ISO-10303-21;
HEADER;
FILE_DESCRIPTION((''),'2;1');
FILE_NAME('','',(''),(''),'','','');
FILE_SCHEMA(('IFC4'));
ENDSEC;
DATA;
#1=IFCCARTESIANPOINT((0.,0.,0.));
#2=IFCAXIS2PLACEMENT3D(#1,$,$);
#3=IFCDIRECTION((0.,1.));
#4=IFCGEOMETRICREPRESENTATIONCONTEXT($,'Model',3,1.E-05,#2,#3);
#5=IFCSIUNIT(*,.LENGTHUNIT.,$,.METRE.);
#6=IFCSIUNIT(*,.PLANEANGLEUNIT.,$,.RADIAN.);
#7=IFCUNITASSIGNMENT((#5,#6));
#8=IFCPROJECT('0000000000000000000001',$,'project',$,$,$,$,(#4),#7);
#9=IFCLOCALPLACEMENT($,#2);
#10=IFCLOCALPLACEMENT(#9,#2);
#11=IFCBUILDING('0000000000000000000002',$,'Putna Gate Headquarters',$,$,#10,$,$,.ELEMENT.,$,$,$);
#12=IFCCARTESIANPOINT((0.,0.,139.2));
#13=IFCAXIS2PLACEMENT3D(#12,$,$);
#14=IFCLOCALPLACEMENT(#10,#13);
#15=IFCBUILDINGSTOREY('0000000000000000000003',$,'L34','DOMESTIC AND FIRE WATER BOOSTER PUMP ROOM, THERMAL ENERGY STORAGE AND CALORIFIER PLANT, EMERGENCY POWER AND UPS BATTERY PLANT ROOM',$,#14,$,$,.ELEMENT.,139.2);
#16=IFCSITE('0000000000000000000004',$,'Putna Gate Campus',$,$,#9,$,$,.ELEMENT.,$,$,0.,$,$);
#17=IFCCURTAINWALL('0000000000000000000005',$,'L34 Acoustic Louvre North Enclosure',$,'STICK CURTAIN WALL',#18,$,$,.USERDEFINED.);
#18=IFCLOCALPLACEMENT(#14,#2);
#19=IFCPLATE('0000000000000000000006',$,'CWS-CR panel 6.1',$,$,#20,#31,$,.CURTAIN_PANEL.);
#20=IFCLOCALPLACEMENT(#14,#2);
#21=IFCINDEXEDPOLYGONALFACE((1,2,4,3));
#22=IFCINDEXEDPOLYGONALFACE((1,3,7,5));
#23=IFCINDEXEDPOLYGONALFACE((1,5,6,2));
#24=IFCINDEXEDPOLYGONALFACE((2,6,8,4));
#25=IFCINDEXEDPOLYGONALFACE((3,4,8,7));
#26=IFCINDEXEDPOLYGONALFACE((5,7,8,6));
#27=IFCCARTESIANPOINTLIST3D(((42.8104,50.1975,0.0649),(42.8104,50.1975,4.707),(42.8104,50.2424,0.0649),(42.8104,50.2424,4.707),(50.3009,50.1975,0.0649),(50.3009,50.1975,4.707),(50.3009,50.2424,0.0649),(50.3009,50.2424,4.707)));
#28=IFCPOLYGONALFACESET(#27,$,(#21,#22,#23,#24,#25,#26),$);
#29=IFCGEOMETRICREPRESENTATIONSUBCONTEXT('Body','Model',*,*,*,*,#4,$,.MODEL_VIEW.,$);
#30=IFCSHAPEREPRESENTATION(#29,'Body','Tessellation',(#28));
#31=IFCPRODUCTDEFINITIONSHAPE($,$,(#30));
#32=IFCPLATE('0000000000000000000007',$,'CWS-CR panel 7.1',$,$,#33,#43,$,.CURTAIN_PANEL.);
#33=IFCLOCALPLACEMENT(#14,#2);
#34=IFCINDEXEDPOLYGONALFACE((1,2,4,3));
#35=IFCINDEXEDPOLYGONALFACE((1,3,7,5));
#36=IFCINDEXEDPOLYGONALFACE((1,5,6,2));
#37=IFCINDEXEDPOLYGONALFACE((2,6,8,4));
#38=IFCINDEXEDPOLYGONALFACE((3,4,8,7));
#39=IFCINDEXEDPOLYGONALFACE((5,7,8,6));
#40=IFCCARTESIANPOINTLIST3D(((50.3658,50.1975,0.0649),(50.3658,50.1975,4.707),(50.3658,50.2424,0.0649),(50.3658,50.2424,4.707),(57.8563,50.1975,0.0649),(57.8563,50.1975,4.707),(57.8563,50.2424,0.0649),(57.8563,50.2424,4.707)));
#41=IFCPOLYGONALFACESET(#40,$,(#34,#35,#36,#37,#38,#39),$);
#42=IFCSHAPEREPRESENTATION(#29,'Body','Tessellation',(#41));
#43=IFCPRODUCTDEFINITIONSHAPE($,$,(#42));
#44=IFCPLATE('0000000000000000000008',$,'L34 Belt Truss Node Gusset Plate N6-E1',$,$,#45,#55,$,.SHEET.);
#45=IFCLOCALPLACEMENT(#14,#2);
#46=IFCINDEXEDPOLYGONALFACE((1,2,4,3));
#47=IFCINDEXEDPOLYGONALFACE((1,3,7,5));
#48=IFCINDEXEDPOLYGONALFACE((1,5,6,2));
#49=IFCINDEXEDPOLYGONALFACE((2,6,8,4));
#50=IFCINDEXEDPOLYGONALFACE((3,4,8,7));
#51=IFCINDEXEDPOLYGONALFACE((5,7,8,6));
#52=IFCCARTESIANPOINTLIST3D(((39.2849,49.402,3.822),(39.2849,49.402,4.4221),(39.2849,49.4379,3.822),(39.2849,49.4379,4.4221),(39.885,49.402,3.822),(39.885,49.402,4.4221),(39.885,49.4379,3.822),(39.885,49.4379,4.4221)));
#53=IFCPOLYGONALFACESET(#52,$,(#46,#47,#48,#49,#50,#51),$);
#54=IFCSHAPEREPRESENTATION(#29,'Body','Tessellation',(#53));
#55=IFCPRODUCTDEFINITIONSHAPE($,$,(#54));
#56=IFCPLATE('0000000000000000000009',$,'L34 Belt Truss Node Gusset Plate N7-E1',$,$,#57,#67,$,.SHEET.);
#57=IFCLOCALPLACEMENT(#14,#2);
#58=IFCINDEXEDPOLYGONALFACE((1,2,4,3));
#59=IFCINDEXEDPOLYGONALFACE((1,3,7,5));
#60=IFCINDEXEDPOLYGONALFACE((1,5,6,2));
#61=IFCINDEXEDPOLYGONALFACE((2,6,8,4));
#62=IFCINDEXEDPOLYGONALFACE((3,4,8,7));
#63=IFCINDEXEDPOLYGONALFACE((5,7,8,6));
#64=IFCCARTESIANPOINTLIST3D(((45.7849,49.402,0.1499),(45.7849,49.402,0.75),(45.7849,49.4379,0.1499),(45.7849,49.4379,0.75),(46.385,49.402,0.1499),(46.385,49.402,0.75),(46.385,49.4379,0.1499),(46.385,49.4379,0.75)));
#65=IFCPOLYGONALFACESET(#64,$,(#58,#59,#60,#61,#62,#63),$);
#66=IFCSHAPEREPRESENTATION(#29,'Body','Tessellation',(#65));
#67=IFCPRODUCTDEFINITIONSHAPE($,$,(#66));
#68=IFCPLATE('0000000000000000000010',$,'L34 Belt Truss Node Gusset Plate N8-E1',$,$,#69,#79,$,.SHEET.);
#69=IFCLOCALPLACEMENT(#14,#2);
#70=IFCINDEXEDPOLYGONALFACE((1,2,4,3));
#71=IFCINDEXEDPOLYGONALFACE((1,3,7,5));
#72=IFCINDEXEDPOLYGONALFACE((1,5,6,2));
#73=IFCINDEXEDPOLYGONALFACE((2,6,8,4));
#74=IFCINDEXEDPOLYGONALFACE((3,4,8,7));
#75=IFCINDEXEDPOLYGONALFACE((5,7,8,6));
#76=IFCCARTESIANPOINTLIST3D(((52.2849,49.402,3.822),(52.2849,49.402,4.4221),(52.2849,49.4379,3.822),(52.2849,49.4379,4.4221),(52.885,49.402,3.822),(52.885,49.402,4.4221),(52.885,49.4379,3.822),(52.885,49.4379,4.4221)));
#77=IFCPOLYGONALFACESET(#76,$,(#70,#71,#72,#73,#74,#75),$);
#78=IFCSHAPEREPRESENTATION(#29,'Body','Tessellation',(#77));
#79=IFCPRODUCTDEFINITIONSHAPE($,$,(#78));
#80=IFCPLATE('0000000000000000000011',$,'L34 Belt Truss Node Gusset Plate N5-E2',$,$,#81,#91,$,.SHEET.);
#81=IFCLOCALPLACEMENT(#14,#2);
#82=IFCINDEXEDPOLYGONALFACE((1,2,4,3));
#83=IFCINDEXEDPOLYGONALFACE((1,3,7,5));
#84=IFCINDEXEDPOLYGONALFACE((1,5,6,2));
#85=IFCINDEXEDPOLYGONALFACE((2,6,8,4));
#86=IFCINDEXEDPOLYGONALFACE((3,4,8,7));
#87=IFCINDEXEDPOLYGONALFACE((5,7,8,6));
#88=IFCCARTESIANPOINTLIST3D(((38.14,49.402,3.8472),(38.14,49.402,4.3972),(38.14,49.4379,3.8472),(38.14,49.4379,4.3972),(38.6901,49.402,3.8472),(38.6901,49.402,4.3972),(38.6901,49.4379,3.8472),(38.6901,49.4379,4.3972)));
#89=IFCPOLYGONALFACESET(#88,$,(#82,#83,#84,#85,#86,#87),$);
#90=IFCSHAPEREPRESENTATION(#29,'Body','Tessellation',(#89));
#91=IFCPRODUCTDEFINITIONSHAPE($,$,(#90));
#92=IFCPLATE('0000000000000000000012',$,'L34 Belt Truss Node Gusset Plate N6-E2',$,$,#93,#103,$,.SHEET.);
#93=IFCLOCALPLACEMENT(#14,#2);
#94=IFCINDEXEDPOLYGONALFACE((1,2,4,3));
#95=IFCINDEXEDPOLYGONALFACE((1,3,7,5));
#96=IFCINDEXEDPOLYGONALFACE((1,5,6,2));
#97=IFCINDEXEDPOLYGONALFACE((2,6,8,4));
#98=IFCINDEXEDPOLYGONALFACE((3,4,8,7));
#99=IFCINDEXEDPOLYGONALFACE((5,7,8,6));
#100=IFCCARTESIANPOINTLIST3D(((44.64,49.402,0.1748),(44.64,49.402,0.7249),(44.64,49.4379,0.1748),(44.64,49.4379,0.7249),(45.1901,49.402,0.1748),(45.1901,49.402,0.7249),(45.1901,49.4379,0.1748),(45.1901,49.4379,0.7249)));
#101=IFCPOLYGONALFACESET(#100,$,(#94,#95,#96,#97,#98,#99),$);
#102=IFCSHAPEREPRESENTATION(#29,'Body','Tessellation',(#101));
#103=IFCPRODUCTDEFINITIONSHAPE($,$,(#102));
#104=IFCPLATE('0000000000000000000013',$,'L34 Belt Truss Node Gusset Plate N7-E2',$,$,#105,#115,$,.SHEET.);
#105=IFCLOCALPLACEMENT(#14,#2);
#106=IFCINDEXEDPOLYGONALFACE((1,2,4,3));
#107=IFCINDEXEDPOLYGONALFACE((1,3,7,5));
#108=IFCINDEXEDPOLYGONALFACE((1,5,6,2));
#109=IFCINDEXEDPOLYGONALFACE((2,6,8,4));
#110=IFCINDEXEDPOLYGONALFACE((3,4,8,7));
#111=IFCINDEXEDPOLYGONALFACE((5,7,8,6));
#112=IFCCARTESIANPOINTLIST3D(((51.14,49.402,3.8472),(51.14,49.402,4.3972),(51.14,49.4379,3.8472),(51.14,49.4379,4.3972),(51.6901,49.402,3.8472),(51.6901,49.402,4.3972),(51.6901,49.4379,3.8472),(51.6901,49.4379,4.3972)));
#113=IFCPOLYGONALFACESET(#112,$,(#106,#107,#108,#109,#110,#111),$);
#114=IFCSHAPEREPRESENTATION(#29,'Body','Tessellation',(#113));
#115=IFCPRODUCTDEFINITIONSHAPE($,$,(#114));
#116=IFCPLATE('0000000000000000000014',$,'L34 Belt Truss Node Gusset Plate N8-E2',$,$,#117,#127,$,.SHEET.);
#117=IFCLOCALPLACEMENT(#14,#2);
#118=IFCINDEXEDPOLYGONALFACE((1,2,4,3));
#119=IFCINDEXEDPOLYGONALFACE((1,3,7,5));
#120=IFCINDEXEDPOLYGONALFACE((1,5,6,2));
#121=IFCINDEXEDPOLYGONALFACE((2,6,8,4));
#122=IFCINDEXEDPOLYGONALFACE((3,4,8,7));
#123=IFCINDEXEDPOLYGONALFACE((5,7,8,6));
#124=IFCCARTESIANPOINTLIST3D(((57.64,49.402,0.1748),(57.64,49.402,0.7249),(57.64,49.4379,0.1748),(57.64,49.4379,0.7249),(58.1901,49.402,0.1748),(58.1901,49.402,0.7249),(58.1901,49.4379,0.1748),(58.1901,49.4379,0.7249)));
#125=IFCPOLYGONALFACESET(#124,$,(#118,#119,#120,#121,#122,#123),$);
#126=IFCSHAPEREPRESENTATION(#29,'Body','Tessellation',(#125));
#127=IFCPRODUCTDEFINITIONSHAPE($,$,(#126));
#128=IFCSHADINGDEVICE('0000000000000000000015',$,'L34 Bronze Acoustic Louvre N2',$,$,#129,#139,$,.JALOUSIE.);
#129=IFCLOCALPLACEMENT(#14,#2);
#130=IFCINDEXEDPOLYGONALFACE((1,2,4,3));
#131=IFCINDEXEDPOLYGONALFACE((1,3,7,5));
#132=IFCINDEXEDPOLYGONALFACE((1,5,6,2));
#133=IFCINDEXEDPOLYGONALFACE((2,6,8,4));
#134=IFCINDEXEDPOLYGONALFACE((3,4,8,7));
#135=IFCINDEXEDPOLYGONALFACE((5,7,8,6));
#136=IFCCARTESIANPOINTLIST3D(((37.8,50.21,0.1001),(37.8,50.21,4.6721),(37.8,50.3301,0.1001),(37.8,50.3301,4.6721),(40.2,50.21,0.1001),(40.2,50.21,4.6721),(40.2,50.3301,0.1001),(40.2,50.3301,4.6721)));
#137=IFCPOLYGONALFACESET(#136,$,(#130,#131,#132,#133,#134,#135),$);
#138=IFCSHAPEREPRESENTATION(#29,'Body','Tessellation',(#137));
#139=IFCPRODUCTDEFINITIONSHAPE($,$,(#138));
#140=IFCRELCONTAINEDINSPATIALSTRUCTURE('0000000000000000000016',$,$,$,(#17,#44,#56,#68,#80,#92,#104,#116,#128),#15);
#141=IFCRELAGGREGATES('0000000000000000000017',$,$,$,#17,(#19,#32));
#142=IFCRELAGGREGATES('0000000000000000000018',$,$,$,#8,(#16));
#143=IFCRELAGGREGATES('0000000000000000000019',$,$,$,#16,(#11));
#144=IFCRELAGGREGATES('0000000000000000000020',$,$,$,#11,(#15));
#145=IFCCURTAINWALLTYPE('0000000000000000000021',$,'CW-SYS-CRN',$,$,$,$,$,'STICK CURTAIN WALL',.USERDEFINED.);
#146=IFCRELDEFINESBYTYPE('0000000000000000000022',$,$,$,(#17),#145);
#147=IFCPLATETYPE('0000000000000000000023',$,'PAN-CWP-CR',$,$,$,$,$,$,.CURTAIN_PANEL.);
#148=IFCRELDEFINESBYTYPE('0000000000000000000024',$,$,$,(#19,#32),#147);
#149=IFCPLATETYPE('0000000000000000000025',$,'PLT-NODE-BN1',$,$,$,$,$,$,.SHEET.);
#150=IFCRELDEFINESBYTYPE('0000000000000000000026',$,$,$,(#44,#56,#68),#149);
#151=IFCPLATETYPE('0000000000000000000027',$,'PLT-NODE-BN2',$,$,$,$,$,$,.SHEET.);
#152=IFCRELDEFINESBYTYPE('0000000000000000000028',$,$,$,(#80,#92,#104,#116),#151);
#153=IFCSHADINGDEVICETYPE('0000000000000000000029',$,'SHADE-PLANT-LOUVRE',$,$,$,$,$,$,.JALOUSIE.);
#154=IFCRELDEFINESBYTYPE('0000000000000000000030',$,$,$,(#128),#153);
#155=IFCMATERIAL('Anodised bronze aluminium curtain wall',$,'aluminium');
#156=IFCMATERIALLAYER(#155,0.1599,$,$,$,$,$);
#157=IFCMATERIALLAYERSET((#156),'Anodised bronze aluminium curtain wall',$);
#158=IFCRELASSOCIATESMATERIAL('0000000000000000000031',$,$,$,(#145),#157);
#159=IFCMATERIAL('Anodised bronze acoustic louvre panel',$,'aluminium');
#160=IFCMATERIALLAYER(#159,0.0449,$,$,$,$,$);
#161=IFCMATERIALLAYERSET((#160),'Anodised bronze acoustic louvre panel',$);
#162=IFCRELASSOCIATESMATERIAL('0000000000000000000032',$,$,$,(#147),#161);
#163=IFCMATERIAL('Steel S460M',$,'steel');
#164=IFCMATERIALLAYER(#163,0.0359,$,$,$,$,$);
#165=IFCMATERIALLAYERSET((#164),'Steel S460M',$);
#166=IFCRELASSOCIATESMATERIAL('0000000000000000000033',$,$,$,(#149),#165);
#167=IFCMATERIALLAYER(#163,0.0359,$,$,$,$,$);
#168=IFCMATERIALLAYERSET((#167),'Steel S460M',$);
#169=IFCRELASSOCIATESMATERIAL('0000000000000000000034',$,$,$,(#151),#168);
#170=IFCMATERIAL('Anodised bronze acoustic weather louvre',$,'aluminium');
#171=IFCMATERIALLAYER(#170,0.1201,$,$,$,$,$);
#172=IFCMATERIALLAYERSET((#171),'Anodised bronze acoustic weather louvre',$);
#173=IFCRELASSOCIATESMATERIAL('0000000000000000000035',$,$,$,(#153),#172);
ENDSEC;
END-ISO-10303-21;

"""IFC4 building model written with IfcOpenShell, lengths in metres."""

from ifc_helpers import new_model, si_unit, direction, frame, origin, origin_2d, place, context, subcontext, project, spatial, rectangle, extrude, material, layer, layer_set, type_object, element, aggregate, save


model = new_model("IFC4")

# Units and contexts
model_context = context("Model", 3, precision=1e-05, world=origin(), true_north=direction((0.0, 1.0)))
body_context = subcontext(model_context, "Body", "Model", "MODEL_VIEW")
ifc_project = project(units=[si_unit("LENGTHUNIT", "METRE"), si_unit("PLANEANGLEUNIT", "RADIAN")], contexts=[model_context])

# Site, building, storey
site_placement = place(None, origin())
site = spatial("IfcSite", under=ifc_project, at=site_placement, Name="Putna Gate Campus", CompositionType="ELEMENT", RefElevation=0.0)
building_placement = place(site_placement, origin())
building = spatial("IfcBuilding", under=site, at=building_placement, Name="Putna Gate Headquarters", CompositionType="ELEMENT")
storey_placement = place(building_placement, frame((0.0, 0.0, 139.2)))
storey = spatial("IfcBuildingStorey", under=building, at=storey_placement, Name="L34", Description="DOMESTIC AND FIRE WATER BOOSTER PUMP ROOM, THERMAL ENERGY STORAGE AND CALORIFIER PLANT, EMERGENCY POWER AND UPS BATTERY PLANT ROOM", CompositionType="ELEMENT", Elevation=139.2)

# Shared definitions
ifc_material_1 = material(Name="Steel S460M", Category="steel")

# Curtain wall, plates
ifc_material_2 = material(Name="Anodised bronze aluminium curtain wall", Category="aluminium")
ifc_layer_1 = layer(ifc_material_2, 0.1599)
ifc_layer_set_1 = layer_set([ifc_layer_1], Name="Anodised bronze aluminium curtain wall")
curtain_wall_type = type_object("IfcCurtainWallType", Name="CW-SYS-CRN", ElementType="STICK CURTAIN WALL", PredefinedType="USERDEFINED", material=ifc_layer_set_1)
curtain_wall_placement = place(storey_placement, origin())
curtain_wall = element("IfcCurtainWall", 1, at=curtain_wall_placement, inside=storey, type_object=curtain_wall_type, Name="L34 Acoustic Louvre North Enclosure", ObjectType="STICK CURTAIN WALL", PredefinedType="USERDEFINED")
ifc_material_3 = material(Name="Anodised bronze acoustic louvre panel", Category="aluminium")
ifc_layer_2 = layer(ifc_material_3, 0.0449)
ifc_layer_set_2 = layer_set([ifc_layer_2], Name="Anodised bronze acoustic louvre panel")
plate_type_1 = type_object("IfcPlateType", Name="PAN-CWP-CR", PredefinedType="CURTAIN_PANEL", material=ifc_layer_set_2)
plate_1_placement = place(storey_placement, frame((46.5557, 50.22, 0.0649), z_axis=(0.0, 0.0, 1.0), x_axis=(1.0, 0.0, 0.0)))
plate_1 = element("IfcPlate", 2, at=plate_1_placement, type_object=plate_type_1, Name="CWS-CR panel 6.1", PredefinedType="CURTAIN_PANEL", context=body_context, shape_type="SweptSolid", body=[
    extrude(rectangle(XDim=7.4905, YDim=0.0449, at=origin_2d()), origin(), (0.0, 0.0, 1.0), 4.6421),
])
plate_2_placement = place(storey_placement, frame((54.1111, 50.22, 0.0649), z_axis=(0.0, 0.0, 1.0), x_axis=(1.0, 0.0, 0.0)))
plate_2 = element("IfcPlate", 3, at=plate_2_placement, type_object=plate_type_1, Name="CWS-CR panel 7.1", PredefinedType="CURTAIN_PANEL", context=body_context, shape_type="SweptSolid", body=[
    extrude(rectangle(XDim=7.4905, YDim=0.0449, at=origin_2d()), origin(), (0.0, 0.0, 1.0), 4.6421),
])
aggregate(curtain_wall, [plate_1, plate_2])

# Plates
ifc_layer_3 = layer(ifc_material_1, 0.0359)
ifc_layer_set_3 = layer_set([ifc_layer_3], Name="Steel S460M")
plate_type_2 = type_object("IfcPlateType", Name="PLT-NODE-BN1", PredefinedType="SHEET", material=ifc_layer_set_3)
for number, where, z_axis, x_axis, name in (
    (4, (39.585, 49.4199, 3.822), (0.0, 0.0, 1.0), (1.0, 0.0, 0.0), "L34 Belt Truss Node Gusset Plate N6-E1"),
    (5, (46.085, 49.4199, 0.1499), (0.0, 0.0, 1.0), (1.0, 0.0, 0.0), "L34 Belt Truss Node Gusset Plate N7-E1"),
    (6, (52.585, 49.4199, 3.822), (0.0, 0.0, 1.0), (1.0, 0.0, 0.0), "L34 Belt Truss Node Gusset Plate N8-E1"),
):
    element("IfcPlate", number, at=place(storey_placement, frame(where, z_axis=z_axis, x_axis=x_axis)), inside=storey, type_object=plate_type_2, Name=name, PredefinedType="SHEET", context=body_context, shape_type="SweptSolid", body=[
        extrude(rectangle(XDim=0.6001, YDim=0.0359, at=origin_2d()), origin(), (0.0, 0.0, 1.0), 0.6001),
    ])
ifc_layer_4 = layer(ifc_material_1, 0.0359)
ifc_layer_set_4 = layer_set([ifc_layer_4], Name="Steel S460M")
plate_type_3 = type_object("IfcPlateType", Name="PLT-NODE-BN2", PredefinedType="SHEET", material=ifc_layer_set_4)
for number, where, z_axis, x_axis, name in (
    (7, (38.415, 49.4199, 3.8472), (0.0, 0.0, 1.0), (1.0, 0.0, 0.0), "L34 Belt Truss Node Gusset Plate N5-E2"),
    (8, (44.915, 49.4199, 0.1748), (0.0, 0.0, 1.0), (1.0, 0.0, 0.0), "L34 Belt Truss Node Gusset Plate N6-E2"),
    (9, (51.415, 49.4199, 3.8472), (0.0, 0.0, 1.0), (1.0, 0.0, 0.0), "L34 Belt Truss Node Gusset Plate N7-E2"),
    (10, (57.915, 49.4199, 0.1748), (0.0, 0.0, 1.0), (1.0, 0.0, 0.0), "L34 Belt Truss Node Gusset Plate N8-E2"),
):
    element("IfcPlate", number, at=place(storey_placement, frame(where, z_axis=z_axis, x_axis=x_axis)), inside=storey, type_object=plate_type_3, Name=name, PredefinedType="SHEET", context=body_context, shape_type="SweptSolid", body=[
        extrude(rectangle(XDim=0.55, YDim=0.0359, at=origin_2d()), origin(), (0.0, 0.0, 1.0), 0.55),
    ])

# Shading device
ifc_material_4 = material(Name="Anodised bronze acoustic weather louvre", Category="aluminium")
ifc_layer_5 = layer(ifc_material_4, 0.1201)
ifc_layer_set_5 = layer_set([ifc_layer_5], Name="Anodised bronze acoustic weather louvre")
shading_device_type = type_object("IfcShadingDeviceType", Name="SHADE-PLANT-LOUVRE", PredefinedType="JALOUSIE", material=ifc_layer_set_5)
shading_device_placement = place(storey_placement, frame((39.0, 50.27, 0.1001), z_axis=(0.0, 0.0, 1.0), x_axis=(1.0, 0.0, 0.0)))
element("IfcShadingDevice", 11, at=shading_device_placement, inside=storey, type_object=shading_device_type, Name="L34 Bronze Acoustic Louvre N2", PredefinedType="JALOUSIE", context=body_context, shape_type="SweptSolid", body=[
    extrude(rectangle(XDim=2.3999, YDim=0.1201, at=origin_2d()), origin(), (0.0, 0.0, 1.0), 4.572),
])

save(model, "model.ifc")
